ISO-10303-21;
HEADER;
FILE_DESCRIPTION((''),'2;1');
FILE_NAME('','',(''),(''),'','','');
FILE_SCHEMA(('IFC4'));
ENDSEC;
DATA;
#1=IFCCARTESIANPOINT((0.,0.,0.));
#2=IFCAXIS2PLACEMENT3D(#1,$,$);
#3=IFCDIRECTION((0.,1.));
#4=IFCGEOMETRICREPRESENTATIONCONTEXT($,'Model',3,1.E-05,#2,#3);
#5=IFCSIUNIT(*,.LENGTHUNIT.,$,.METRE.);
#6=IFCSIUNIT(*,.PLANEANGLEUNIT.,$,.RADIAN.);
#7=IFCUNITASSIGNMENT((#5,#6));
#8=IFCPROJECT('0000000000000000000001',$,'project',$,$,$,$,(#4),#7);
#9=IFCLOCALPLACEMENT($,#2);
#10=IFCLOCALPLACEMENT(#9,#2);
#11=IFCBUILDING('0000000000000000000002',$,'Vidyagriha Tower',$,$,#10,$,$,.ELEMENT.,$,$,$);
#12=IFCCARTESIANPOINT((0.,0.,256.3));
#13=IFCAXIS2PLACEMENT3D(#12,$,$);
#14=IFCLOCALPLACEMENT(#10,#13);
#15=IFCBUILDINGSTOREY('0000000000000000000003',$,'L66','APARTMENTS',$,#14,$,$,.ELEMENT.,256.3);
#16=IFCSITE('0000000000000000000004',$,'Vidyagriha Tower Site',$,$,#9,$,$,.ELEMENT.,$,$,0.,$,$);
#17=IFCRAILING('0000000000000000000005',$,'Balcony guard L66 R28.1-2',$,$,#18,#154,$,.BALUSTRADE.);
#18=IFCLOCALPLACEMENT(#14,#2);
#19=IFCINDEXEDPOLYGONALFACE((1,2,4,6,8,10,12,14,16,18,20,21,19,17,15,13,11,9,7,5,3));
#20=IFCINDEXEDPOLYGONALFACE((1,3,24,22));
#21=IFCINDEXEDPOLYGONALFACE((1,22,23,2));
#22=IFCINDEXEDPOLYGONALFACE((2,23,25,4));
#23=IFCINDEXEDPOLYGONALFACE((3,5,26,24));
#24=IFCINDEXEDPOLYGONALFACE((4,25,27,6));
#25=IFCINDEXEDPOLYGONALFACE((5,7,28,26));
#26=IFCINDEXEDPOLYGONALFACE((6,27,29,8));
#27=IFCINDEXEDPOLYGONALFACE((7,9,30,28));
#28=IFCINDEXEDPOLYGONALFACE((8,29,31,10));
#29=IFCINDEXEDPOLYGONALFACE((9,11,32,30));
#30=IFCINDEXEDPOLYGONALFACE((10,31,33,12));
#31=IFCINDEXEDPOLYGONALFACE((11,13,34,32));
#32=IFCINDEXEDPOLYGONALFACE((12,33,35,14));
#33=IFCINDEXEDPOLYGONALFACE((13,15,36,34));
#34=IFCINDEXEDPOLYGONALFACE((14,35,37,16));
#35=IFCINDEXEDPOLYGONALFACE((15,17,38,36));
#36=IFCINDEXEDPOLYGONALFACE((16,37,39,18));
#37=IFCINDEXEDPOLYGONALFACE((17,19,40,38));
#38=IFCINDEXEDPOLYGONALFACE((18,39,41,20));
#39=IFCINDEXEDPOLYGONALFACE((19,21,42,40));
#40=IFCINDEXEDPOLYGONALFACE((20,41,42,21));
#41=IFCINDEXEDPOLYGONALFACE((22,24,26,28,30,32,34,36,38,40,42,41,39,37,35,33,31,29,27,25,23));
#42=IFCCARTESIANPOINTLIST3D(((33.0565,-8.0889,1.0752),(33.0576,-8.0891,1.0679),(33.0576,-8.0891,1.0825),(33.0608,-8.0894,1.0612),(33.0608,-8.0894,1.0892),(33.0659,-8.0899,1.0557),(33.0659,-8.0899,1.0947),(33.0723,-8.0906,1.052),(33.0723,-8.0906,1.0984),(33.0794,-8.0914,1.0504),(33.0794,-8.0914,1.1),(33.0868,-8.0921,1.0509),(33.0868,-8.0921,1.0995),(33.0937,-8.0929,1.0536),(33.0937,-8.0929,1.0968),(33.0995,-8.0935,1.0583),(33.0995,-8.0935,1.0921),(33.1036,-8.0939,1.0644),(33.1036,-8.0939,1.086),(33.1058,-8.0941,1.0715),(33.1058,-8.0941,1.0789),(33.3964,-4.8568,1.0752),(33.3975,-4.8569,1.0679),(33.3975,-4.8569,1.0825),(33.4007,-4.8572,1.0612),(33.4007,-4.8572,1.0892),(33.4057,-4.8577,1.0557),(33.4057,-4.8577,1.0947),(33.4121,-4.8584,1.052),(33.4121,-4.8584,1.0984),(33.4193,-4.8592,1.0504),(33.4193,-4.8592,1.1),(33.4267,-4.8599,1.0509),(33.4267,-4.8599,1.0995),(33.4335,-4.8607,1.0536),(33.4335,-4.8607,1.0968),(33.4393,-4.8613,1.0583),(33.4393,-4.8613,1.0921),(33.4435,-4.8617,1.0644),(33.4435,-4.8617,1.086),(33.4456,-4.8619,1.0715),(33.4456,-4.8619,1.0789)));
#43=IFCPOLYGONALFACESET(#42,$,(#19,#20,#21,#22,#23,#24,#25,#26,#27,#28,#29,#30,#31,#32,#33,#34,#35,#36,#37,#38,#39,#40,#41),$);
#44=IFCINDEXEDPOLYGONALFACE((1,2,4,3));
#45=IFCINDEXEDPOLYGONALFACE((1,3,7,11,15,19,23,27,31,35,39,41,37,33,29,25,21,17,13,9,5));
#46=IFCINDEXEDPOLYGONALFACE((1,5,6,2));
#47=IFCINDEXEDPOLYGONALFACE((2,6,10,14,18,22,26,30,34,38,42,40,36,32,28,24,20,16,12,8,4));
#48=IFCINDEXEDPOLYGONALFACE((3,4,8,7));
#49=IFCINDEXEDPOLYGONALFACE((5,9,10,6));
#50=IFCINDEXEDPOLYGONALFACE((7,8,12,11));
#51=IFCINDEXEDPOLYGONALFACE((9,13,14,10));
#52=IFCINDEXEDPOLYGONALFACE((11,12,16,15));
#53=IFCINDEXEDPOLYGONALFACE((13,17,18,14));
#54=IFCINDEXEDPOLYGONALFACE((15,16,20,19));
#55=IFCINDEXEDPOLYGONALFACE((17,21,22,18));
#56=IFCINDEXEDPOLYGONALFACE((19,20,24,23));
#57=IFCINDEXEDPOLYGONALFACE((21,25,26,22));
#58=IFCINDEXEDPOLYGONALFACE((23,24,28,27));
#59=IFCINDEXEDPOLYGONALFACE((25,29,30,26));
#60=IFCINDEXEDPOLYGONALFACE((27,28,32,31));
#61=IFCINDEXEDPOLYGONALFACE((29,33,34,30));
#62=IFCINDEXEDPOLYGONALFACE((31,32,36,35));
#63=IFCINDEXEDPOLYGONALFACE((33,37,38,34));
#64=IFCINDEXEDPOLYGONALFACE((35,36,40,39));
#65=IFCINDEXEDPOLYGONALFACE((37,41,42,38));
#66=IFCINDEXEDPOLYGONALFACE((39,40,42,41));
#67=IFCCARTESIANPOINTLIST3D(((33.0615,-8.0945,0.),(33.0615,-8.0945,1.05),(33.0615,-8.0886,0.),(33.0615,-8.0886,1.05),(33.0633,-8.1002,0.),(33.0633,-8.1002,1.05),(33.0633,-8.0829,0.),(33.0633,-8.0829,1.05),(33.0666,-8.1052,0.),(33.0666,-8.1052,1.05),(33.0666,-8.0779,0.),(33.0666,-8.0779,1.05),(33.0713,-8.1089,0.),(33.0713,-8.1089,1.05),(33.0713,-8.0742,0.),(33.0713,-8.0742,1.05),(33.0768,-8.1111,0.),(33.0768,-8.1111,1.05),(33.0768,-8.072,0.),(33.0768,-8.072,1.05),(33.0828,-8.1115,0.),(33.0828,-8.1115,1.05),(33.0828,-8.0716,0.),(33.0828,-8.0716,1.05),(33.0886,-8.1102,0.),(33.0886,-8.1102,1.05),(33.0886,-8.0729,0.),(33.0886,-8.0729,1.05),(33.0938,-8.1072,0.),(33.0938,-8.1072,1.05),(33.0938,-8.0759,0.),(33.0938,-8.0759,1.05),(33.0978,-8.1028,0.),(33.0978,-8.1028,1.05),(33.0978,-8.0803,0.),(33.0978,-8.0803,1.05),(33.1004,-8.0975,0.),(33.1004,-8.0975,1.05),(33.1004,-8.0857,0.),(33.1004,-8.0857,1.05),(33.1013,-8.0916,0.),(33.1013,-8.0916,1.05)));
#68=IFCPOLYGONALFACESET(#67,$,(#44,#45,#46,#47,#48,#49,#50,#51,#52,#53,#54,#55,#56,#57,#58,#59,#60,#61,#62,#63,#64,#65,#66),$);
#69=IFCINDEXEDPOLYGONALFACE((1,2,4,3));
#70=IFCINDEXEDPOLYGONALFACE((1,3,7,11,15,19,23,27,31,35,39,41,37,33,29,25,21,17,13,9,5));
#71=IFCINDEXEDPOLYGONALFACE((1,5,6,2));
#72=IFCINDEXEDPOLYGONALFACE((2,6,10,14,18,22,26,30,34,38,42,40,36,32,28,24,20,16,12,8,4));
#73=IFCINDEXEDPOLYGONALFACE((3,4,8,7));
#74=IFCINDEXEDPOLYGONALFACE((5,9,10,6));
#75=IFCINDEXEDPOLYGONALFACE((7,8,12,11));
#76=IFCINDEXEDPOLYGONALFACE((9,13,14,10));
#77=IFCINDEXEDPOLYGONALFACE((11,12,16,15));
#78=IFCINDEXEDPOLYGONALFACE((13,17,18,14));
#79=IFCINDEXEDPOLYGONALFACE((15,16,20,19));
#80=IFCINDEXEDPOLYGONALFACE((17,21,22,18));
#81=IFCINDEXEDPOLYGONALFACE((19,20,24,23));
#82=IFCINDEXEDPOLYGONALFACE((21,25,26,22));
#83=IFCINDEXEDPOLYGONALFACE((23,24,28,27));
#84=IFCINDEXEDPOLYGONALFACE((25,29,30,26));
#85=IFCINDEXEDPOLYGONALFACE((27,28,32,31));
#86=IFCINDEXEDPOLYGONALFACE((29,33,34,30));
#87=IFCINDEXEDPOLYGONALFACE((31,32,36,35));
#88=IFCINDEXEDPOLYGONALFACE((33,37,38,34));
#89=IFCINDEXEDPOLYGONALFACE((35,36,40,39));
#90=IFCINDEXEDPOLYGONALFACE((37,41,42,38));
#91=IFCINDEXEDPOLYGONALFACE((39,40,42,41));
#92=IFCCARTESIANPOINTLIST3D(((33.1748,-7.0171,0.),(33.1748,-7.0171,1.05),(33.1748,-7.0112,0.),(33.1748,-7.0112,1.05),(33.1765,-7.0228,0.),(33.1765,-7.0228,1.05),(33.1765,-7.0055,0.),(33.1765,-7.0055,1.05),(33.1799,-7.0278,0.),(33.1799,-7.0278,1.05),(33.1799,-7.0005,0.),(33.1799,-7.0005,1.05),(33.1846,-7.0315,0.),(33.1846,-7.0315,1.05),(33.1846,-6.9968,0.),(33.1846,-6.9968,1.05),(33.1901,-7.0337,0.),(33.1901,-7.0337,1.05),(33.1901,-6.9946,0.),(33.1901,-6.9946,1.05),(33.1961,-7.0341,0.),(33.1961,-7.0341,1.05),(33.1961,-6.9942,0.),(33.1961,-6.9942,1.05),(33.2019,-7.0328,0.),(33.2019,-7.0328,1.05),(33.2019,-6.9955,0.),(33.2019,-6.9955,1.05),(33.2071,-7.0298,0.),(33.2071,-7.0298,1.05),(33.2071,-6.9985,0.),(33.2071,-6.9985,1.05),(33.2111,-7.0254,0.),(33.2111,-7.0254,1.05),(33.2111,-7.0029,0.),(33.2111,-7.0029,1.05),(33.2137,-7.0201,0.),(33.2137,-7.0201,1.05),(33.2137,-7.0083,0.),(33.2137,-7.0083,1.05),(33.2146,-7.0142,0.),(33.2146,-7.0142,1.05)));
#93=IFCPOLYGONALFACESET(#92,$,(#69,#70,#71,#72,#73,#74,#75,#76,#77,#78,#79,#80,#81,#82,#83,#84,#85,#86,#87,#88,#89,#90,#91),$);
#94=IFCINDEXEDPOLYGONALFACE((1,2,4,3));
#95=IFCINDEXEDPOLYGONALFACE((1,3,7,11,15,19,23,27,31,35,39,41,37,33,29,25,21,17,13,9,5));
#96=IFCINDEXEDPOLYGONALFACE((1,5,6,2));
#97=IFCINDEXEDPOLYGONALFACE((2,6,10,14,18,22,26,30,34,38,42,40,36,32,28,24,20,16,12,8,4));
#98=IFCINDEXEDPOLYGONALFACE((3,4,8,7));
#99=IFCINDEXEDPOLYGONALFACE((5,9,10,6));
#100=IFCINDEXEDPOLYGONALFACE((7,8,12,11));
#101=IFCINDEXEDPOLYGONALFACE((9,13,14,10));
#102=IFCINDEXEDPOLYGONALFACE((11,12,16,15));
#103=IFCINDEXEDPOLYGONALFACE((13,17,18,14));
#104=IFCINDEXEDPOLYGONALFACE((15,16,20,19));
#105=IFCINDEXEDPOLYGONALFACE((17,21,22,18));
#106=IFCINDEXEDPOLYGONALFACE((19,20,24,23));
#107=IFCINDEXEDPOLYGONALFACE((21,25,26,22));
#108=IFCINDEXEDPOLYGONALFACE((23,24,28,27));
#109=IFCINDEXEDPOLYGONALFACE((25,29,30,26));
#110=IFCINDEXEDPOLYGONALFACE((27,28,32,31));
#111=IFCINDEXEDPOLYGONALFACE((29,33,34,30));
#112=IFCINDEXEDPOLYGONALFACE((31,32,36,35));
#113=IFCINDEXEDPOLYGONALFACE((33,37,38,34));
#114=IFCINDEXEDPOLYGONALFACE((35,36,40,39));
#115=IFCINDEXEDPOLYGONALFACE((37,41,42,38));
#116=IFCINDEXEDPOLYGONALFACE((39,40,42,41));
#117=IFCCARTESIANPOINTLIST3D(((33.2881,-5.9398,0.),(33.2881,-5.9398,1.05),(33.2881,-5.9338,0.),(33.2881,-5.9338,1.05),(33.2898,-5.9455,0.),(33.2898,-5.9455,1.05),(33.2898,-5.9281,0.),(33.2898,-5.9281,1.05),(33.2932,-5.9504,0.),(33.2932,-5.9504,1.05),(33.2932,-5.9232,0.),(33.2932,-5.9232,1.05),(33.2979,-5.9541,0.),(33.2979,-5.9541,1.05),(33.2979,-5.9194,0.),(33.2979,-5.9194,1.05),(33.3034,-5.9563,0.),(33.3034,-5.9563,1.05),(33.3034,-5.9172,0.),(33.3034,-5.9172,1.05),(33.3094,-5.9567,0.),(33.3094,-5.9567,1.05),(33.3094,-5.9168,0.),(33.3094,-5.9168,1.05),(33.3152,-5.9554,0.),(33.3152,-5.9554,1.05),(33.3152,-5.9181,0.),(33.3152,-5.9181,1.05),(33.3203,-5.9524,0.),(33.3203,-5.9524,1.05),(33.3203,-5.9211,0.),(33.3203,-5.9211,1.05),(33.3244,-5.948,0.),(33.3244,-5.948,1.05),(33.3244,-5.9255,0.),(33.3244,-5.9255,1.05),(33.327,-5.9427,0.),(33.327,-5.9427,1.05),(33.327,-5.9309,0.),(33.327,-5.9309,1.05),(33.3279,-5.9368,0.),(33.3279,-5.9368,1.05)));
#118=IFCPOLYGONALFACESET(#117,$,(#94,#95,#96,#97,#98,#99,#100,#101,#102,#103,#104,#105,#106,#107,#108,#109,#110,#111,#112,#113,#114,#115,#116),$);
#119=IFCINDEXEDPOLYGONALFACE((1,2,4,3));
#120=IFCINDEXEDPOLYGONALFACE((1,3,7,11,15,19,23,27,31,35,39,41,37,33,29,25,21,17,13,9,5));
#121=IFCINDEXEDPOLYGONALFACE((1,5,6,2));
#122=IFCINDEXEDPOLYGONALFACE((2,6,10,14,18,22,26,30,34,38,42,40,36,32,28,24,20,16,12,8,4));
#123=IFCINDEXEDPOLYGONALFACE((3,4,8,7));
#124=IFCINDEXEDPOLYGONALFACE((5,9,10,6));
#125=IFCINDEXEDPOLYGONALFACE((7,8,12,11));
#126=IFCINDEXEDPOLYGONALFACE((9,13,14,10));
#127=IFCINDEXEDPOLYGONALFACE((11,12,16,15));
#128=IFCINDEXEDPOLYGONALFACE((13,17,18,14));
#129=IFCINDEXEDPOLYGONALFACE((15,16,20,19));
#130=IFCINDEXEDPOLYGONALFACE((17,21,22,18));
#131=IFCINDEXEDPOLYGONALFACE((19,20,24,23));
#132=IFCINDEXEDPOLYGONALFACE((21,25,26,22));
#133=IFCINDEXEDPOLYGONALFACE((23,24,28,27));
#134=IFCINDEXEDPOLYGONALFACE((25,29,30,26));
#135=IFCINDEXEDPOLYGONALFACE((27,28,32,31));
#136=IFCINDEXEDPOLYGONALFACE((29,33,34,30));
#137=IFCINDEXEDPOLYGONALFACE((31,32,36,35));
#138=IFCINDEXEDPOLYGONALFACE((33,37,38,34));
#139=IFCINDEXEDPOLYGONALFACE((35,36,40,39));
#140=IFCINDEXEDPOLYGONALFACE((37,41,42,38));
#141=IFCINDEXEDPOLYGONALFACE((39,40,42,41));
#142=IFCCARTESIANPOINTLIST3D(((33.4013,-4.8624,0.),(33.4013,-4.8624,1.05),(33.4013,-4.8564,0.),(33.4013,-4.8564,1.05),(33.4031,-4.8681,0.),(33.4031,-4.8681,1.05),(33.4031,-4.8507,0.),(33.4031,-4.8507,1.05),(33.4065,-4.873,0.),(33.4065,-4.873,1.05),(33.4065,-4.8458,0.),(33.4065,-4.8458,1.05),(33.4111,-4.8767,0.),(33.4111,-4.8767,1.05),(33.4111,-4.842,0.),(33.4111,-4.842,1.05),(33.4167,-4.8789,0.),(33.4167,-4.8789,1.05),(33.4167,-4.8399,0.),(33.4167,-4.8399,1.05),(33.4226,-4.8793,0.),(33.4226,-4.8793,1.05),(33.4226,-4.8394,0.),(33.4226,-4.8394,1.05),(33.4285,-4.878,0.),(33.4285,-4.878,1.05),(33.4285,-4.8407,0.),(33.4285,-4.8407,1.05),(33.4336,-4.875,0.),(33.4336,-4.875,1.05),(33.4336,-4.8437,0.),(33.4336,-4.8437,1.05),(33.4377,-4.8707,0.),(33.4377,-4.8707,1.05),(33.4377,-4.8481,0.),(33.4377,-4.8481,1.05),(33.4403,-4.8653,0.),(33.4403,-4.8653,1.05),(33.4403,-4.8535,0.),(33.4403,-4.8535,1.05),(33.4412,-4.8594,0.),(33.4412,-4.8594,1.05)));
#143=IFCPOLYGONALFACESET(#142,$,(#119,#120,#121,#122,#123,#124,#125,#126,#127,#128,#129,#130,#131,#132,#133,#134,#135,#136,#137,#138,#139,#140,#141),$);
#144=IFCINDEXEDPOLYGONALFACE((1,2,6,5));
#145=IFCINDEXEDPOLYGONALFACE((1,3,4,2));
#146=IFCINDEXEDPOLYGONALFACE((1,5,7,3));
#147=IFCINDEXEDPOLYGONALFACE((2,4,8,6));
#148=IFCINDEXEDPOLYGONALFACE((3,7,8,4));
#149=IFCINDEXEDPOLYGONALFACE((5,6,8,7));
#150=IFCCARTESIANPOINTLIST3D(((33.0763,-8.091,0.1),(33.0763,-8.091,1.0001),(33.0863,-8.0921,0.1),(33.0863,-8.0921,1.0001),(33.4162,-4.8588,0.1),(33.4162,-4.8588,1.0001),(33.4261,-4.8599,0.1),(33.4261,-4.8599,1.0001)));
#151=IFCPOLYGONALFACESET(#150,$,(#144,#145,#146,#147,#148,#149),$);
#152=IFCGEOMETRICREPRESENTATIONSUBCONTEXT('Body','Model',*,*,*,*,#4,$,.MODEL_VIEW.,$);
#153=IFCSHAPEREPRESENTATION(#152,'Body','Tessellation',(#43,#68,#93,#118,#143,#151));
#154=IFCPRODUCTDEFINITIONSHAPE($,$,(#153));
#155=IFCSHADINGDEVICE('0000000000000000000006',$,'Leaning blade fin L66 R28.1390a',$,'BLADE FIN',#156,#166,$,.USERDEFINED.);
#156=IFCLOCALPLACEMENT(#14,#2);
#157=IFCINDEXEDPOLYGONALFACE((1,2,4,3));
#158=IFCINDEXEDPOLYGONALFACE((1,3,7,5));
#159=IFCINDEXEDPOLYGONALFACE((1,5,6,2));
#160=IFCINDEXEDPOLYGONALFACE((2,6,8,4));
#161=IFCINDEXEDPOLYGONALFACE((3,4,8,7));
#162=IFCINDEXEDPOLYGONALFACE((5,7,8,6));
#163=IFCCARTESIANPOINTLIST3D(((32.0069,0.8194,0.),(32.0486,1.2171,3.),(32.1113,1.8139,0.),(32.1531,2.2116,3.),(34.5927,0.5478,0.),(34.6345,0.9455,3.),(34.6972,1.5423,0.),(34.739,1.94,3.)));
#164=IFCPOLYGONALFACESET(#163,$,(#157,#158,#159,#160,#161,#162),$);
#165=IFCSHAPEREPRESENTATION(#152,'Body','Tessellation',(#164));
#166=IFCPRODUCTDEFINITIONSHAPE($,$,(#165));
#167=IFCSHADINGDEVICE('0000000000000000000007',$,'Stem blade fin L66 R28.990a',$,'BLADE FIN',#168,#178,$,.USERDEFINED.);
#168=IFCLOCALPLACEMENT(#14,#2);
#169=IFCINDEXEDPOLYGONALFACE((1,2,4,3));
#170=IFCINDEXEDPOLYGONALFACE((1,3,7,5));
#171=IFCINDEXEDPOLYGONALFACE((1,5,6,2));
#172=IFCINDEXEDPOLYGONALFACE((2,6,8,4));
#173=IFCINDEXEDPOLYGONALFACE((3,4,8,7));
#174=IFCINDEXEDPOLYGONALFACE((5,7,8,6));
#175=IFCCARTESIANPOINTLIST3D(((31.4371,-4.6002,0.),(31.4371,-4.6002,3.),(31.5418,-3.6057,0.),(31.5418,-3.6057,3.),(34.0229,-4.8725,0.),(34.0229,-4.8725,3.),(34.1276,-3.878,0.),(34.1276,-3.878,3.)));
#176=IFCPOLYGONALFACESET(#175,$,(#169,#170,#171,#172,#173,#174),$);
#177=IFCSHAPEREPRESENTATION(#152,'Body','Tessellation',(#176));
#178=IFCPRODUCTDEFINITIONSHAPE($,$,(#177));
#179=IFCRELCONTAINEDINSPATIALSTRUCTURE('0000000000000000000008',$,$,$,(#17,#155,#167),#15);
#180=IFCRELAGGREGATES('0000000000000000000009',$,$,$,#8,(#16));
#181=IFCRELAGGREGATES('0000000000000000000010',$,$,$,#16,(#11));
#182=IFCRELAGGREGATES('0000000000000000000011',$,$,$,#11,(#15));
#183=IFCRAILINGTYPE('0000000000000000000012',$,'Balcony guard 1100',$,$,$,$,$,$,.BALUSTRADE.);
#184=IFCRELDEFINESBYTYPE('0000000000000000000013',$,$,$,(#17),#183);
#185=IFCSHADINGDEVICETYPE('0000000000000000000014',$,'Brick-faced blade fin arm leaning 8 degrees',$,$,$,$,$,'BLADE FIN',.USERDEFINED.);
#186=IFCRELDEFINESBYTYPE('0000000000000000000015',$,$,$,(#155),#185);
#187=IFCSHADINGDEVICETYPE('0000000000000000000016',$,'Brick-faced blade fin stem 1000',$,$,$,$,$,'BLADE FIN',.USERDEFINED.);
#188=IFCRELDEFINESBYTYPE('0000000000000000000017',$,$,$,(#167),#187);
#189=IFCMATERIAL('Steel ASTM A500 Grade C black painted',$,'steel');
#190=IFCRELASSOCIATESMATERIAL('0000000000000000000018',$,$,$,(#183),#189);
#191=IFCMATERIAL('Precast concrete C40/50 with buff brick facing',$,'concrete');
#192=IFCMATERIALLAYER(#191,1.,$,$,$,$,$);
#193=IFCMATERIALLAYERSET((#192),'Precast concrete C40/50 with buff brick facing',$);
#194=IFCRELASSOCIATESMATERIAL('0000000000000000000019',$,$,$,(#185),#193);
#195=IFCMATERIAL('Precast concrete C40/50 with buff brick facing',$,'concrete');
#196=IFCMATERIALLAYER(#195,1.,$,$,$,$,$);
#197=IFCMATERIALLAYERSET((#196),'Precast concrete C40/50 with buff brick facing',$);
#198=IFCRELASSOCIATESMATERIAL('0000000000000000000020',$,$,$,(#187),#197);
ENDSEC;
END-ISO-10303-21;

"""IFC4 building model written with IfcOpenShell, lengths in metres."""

from ifc_helpers import new_model, si_unit, direction, frame, origin, origin_2d, place, context, subcontext, project, spatial, polyline, rectangle, circle, outline, extrude, material, layer, layer_set, type_object, element, save


model = new_model("IFC4")

# Units and contexts
model_context = context("Model", 3, precision=1e-05, world=origin(), true_north=direction((0.0, 1.0)))
body_context = subcontext(model_context, "Body", "Model", "MODEL_VIEW")
ifc_project = project(units=[si_unit("LENGTHUNIT", "METRE"), si_unit("PLANEANGLEUNIT", "RADIAN")], contexts=[model_context])

# Site, building, storey
site_placement = place(None, origin())
site = spatial("IfcSite", under=ifc_project, at=site_placement, Name="Vidyagriha Tower Site", CompositionType="ELEMENT", RefElevation=0.0)
building_placement = place(site_placement, origin())
building = spatial("IfcBuilding", under=site, at=building_placement, Name="Vidyagriha Tower", CompositionType="ELEMENT")
storey_placement = place(building_placement, frame((0.0, 0.0, 256.3)))
storey = spatial("IfcBuildingStorey", under=building, at=storey_placement, Name="L66", Description="APARTMENTS", CompositionType="ELEMENT", Elevation=256.3)

# Railing
ifc_material_1 = material(Name="Steel ASTM A500 Grade C black painted", Category="steel")
railing_type_1 = type_object("IfcRailingType", Name="Balcony guard 1100", PredefinedType="BALUSTRADE", material=ifc_material_1)
railing_1_placement = place(storey_placement, frame((33.0813, -8.0916, 0.0)))
element("IfcRailing", 1, at=railing_1_placement, inside=storey, type_object=railing_type_1, Name="Balcony guard L66 R28.1-2", PredefinedType="BALUSTRADE", context=body_context, shape_type="SweptSolid", body=[
    extrude(circle(Radius=0.0249, at=origin_2d()), frame((0.0, 0.0, 1.0752), z_axis=(0.104567, 0.994518, 0.0), x_axis=(-0.994518, 0.104567, 0.0)), (0.0, 0.0, 1.0), 3.25),
    extrude(circle(Radius=0.02, at=origin_2d()), origin(), (0.0, 0.0, 1.0), 1.05),
    extrude(circle(Radius=0.02, at=origin_2d()), frame((0.1133, 1.0774, 0.0)), (0.0, 0.0, 1.0), 1.05),
    extrude(circle(Radius=0.02, at=origin_2d()), frame((0.2266, 2.1548, 0.0)), (0.0, 0.0, 1.0), 1.05),
    extrude(circle(Radius=0.02, at=origin_2d()), frame((0.3398, 3.2322, 0.0)), (0.0, 0.0, 1.0), 1.05),
    extrude(rectangle(XDim=0.01, YDim=0.9001, at=origin_2d()), frame((0.0, 0.0, 0.55), z_axis=(0.104567, 0.994518, 0.0), x_axis=(-0.994518, 0.104567, 0.0)), (0.0, 0.0, 1.0), 3.25),
])

# Shading devices
ifc_material_2 = material(Name="Precast concrete C40/50 with buff brick facing", Category="concrete")
ifc_layer_1 = layer(ifc_material_2, 1.0)
ifc_layer_set_1 = layer_set([ifc_layer_1], Name="Precast concrete C40/50 with buff brick facing")
shading_device_type_1 = type_object("IfcShadingDeviceType", Name="Brick-faced blade fin arm leaning 8 degrees", ElementType="BLADE FIN", PredefinedType="USERDEFINED", material=ifc_layer_set_1)
shading_device_1_placement = place(storey_placement, frame((33.2998, 0.6836, 0.0), z_axis=(0.0, 0.0, 1.0), x_axis=(0.104458, 0.994529, 0.0)))
element("IfcShadingDevice", 2, at=shading_device_1_placement, inside=storey, type_object=shading_device_type_1, Name="Leaning blade fin L66 R28.1390a", ObjectType="BLADE FIN", PredefinedType="USERDEFINED", context=body_context, shape_type="SweptSolid", body=[
    extrude(outline(polyline([(0.0, 0.0), (1.0, 0.0), (1.3999, 3.0), (0.3999, 3.0), (0.0, 0.0)])), frame((0.0, 1.3, 0.0), z_axis=(0.0, -1.0, 0.0), x_axis=(1.0, 0.0, 0.0)), (0.0, 0.0, 1.0), 2.6001),
])
ifc_material_3 = material(Name="Precast concrete C40/50 with buff brick facing", Category="concrete")
ifc_layer_2 = layer(ifc_material_3, 1.0)
ifc_layer_set_2 = layer_set([ifc_layer_2], Name="Precast concrete C40/50 with buff brick facing")
shading_device_type_2 = type_object("IfcShadingDeviceType", Name="Brick-faced blade fin stem 1000", ElementType="BLADE FIN", PredefinedType="USERDEFINED", material=ifc_layer_set_2)
shading_device_2_placement = place(storey_placement, frame((32.73, -4.7363, 0.0), z_axis=(0.0, 0.0, 1.0), x_axis=(0.104748, 0.994499, 0.0)))
element("IfcShadingDevice", 3, at=shading_device_2_placement, inside=storey, type_object=shading_device_type_2, Name="Stem blade fin L66 R28.990a", ObjectType="BLADE FIN", PredefinedType="USERDEFINED", context=body_context, shape_type="SweptSolid", body=[
    extrude(outline(polyline([(0.0, 0.0), (1.0, 0.0), (1.0, 3.0), (0.0, 3.0), (0.0, 0.0)])), frame((0.0, 1.3, 0.0), z_axis=(0.0, -1.0, 0.0), x_axis=(1.0, 0.0, 0.0)), (0.0, 0.0, 1.0), 2.6001),
])

save(model, "model.ifc")
